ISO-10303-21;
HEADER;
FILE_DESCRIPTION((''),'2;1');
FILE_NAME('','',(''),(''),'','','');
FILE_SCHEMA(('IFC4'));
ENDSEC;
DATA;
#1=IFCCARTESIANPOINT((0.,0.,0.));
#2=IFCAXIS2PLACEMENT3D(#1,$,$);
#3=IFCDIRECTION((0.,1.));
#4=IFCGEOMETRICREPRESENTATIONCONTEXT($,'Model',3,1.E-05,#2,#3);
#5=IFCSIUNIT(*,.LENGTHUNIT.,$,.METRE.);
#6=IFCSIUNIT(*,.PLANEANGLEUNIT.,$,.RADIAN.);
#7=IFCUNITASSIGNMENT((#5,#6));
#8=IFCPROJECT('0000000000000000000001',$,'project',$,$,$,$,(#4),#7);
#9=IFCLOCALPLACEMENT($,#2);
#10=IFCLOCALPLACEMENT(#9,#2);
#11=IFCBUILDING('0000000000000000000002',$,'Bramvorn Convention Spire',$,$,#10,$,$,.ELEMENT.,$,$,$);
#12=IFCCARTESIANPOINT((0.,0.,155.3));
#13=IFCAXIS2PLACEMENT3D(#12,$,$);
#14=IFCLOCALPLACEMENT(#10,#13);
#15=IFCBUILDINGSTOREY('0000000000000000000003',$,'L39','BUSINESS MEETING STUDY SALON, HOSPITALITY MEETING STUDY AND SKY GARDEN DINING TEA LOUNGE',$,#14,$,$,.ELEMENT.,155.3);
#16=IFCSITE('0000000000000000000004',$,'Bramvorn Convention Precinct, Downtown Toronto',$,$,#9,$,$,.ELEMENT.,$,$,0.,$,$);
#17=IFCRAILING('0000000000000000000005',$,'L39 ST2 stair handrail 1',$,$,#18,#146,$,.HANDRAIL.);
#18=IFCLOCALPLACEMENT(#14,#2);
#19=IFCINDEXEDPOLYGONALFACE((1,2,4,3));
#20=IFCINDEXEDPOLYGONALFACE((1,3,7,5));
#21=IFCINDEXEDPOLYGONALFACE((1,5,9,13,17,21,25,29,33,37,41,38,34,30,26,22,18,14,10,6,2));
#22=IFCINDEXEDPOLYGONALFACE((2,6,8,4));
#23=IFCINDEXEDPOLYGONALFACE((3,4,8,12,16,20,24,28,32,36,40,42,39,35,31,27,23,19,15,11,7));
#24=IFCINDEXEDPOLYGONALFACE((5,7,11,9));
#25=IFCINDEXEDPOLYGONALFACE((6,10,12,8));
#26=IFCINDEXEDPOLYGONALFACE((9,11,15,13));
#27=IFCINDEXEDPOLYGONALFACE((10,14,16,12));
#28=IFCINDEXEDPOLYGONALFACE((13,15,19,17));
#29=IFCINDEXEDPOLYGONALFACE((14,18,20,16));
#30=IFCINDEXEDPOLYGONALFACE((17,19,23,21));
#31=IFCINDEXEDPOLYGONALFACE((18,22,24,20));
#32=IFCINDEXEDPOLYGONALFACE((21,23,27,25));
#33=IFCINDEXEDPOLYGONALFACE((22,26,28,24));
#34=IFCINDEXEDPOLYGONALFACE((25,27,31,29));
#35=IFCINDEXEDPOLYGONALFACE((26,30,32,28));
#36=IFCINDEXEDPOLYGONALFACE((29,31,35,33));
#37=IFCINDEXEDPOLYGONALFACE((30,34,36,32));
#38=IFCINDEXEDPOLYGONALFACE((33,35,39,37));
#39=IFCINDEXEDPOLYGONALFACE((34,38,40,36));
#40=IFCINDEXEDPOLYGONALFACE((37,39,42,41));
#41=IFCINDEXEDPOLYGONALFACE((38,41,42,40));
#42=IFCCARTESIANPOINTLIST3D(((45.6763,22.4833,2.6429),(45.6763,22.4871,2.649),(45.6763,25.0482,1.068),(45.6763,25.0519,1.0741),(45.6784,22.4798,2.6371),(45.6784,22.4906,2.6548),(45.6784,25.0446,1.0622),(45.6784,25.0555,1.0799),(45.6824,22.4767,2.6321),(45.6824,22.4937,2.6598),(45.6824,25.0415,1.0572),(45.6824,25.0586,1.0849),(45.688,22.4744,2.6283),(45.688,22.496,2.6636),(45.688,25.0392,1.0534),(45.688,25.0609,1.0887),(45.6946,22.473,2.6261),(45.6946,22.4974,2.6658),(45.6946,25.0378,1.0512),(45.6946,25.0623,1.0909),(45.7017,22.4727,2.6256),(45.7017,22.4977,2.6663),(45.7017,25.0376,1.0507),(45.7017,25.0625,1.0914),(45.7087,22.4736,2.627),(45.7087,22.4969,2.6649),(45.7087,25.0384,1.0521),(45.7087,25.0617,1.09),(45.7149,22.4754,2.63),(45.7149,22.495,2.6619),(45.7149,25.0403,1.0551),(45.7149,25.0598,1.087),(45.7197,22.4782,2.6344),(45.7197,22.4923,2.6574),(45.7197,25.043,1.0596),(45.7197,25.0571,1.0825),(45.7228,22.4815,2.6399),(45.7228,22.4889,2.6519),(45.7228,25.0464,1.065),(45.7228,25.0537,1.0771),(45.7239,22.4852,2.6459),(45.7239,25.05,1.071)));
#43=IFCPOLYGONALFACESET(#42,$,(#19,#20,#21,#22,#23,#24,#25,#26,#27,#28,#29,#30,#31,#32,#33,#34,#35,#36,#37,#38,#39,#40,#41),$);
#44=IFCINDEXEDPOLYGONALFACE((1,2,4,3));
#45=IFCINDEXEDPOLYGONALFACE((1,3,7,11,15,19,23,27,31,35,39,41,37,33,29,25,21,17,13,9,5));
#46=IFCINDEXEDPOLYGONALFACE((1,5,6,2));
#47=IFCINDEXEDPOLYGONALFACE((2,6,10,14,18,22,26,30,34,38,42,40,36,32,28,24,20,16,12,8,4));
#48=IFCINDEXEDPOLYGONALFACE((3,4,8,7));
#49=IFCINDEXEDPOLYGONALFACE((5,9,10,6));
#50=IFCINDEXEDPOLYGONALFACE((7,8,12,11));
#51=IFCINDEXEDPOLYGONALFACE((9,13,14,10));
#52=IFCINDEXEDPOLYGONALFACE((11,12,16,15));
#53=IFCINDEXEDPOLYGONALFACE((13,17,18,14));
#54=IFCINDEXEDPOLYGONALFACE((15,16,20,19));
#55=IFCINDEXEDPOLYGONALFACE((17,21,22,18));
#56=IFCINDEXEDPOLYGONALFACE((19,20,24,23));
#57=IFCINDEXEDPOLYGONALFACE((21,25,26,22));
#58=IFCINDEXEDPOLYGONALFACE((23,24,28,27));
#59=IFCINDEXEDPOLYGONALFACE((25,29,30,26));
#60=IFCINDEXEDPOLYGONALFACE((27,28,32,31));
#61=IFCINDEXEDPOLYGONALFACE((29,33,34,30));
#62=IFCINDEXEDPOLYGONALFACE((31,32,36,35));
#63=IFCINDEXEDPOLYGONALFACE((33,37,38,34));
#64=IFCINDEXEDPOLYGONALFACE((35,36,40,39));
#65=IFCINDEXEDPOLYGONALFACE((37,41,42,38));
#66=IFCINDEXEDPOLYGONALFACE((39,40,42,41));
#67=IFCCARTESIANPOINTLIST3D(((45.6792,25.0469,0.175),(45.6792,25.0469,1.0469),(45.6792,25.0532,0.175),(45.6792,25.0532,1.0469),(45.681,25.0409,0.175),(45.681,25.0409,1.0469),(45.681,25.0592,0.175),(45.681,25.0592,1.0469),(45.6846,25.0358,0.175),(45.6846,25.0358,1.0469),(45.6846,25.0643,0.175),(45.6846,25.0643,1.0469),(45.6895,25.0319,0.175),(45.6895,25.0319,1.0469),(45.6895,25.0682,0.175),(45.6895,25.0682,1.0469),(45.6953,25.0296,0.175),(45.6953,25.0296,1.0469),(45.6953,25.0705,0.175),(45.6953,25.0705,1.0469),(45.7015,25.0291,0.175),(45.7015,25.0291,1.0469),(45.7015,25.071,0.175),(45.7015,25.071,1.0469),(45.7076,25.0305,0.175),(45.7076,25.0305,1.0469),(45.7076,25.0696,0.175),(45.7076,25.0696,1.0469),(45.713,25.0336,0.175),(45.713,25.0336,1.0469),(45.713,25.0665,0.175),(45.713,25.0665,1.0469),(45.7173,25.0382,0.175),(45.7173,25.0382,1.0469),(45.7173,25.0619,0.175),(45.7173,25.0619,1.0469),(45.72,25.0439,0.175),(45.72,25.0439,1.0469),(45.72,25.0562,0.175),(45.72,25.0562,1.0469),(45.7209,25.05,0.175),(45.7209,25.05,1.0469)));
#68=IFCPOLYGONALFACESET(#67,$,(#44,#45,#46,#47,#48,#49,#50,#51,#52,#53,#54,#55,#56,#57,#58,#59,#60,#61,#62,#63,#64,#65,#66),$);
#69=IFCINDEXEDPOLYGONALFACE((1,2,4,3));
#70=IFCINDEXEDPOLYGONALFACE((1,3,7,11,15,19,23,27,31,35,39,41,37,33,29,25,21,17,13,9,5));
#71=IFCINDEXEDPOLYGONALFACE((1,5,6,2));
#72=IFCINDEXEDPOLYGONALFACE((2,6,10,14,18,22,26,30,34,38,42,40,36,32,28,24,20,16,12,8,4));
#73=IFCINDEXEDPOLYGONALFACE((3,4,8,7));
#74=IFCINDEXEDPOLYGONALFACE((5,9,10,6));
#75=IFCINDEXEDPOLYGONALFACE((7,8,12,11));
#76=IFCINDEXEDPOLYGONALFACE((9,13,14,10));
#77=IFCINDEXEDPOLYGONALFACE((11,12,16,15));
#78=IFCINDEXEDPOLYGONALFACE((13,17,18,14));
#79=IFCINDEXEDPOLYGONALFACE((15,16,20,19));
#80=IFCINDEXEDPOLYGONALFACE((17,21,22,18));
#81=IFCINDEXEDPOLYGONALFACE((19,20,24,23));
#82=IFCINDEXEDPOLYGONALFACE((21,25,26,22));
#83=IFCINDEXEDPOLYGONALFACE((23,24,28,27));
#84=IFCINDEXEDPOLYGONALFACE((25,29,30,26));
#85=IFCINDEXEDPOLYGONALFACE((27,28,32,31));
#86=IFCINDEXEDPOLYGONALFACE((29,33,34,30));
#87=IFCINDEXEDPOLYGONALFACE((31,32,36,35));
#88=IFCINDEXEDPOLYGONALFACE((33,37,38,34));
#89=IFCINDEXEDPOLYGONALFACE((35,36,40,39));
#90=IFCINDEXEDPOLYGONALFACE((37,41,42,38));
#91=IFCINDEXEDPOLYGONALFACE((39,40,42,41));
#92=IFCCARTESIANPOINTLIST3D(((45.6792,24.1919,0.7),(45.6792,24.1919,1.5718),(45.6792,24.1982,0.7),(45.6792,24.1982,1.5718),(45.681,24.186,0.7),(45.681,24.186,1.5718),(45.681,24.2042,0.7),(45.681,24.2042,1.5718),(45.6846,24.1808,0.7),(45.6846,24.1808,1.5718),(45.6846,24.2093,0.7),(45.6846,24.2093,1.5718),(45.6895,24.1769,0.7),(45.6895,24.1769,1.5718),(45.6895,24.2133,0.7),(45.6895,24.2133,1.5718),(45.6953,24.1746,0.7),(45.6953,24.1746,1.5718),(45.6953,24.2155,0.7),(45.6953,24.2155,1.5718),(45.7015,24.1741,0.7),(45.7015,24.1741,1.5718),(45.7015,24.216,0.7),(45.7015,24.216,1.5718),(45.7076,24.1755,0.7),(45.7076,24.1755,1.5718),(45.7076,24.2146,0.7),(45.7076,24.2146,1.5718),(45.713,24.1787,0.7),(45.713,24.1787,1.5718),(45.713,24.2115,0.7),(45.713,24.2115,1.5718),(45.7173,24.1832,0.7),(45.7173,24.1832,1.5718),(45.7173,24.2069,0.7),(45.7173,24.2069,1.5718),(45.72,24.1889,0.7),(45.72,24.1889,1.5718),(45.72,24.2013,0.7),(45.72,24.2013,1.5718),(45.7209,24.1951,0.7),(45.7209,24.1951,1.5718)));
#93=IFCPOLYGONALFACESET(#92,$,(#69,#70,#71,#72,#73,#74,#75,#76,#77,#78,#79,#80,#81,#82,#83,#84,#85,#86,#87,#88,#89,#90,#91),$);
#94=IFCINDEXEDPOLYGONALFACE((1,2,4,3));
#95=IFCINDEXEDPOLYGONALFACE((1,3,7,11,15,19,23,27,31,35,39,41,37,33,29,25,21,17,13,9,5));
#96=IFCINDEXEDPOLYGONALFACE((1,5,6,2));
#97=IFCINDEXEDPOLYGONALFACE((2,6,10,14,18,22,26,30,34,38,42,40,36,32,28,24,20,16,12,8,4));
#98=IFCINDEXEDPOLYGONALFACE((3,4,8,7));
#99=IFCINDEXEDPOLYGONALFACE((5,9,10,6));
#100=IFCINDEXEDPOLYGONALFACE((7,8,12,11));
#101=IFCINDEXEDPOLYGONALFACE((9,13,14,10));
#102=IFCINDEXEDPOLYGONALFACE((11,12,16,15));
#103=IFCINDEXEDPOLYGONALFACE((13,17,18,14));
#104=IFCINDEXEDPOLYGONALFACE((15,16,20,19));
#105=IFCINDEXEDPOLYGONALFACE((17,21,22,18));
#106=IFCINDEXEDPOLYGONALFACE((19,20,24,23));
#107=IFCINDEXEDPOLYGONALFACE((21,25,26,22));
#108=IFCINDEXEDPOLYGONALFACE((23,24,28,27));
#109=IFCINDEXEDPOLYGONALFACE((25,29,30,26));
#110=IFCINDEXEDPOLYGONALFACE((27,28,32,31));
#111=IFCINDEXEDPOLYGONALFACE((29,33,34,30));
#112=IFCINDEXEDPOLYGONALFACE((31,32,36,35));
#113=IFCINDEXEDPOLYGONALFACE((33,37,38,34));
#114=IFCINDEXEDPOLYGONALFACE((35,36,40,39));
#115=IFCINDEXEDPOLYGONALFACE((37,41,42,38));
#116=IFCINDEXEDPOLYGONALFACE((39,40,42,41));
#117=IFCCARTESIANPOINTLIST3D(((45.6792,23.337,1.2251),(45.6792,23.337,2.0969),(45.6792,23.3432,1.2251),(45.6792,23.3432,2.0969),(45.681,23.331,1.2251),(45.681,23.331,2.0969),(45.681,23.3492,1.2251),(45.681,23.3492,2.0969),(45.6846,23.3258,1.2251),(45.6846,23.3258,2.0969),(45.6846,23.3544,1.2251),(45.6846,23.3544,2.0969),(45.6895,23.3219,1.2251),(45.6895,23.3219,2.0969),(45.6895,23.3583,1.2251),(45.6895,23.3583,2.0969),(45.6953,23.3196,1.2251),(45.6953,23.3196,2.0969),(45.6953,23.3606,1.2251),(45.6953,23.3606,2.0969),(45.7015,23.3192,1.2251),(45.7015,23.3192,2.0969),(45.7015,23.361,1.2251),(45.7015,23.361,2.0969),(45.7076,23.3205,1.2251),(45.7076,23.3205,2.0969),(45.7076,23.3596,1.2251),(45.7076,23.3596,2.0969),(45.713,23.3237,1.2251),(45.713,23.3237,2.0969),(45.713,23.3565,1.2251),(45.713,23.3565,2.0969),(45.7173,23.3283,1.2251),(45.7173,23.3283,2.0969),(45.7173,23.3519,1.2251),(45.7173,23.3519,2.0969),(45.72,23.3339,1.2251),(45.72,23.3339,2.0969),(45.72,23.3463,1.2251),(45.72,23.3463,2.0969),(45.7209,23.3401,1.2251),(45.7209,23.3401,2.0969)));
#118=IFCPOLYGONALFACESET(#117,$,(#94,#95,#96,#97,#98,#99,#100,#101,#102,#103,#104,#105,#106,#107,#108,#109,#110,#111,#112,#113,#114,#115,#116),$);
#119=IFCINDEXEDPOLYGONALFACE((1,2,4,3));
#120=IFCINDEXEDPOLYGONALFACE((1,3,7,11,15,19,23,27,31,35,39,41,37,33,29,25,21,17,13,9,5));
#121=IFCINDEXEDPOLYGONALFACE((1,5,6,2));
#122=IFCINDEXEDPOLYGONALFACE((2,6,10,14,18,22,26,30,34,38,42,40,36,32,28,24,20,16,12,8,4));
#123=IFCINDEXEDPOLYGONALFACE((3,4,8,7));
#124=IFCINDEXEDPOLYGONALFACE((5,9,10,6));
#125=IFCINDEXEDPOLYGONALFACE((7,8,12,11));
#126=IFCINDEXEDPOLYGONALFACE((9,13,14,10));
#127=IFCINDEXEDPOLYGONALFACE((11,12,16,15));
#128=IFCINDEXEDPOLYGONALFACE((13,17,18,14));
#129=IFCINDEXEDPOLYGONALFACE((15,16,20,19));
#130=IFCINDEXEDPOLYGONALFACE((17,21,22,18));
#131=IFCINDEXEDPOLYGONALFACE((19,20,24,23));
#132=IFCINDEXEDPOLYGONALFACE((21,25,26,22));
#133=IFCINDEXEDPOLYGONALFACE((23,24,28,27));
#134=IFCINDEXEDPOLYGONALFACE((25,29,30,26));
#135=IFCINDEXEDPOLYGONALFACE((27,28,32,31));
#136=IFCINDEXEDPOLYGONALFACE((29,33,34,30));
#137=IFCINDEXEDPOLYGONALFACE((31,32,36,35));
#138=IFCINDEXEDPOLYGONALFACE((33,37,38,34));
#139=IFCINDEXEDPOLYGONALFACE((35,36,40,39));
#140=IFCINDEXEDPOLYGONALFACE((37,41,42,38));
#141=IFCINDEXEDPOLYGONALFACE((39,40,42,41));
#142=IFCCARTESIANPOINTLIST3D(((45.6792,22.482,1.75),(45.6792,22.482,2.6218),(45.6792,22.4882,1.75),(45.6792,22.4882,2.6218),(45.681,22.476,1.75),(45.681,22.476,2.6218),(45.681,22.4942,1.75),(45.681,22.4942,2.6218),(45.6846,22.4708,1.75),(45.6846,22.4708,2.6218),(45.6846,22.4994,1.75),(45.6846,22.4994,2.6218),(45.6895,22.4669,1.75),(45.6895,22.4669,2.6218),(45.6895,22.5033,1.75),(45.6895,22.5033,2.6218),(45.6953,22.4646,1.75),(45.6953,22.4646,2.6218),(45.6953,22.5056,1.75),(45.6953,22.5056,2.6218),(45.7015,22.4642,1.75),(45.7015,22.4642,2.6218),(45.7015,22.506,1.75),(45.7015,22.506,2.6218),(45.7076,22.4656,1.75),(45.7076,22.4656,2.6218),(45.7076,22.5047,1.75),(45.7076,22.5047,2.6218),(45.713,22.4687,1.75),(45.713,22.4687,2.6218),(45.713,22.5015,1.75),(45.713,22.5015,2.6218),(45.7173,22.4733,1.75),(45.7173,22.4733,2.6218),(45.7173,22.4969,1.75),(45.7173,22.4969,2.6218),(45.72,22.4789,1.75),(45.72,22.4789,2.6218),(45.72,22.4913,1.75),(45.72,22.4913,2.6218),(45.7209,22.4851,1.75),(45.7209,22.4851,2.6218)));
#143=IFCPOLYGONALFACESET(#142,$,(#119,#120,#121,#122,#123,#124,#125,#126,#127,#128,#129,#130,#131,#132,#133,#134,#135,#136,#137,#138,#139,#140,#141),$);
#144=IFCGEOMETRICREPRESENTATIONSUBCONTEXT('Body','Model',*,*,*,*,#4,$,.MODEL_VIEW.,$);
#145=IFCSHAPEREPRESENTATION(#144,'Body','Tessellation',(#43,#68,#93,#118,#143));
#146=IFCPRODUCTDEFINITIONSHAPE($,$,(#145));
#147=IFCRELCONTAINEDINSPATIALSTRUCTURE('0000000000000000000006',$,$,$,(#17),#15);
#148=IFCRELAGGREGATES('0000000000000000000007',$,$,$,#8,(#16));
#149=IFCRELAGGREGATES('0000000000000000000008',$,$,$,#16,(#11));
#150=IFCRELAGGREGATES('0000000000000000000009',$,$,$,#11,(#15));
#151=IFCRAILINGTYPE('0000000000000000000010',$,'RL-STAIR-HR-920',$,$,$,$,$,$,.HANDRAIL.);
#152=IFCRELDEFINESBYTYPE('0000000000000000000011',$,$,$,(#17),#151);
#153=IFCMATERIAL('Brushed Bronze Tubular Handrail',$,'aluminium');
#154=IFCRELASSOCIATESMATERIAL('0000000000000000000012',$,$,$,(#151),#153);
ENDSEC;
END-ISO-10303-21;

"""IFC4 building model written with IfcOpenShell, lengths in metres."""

from ifc_helpers import new_model, si_unit, direction, frame, origin, origin_2d, place, context, subcontext, project, spatial, circle, extrude, material, type_object, element, save


model = new_model("IFC4")

# Units and contexts
model_context = context("Model", 3, precision=1e-05, world=origin(), true_north=direction((0.0, 1.0)))
body_context = subcontext(model_context, "Body", "Model", "MODEL_VIEW")
ifc_project = project(units=[si_unit("LENGTHUNIT", "METRE"), si_unit("PLANEANGLEUNIT", "RADIAN")], contexts=[model_context])

# Site, building, storey
site_placement = place(None, origin())
site = spatial("IfcSite", under=ifc_project, at=site_placement, Name="Bramvorn Convention Precinct, Downtown Toronto", CompositionType="ELEMENT", RefElevation=0.0)
building_placement = place(site_placement, origin())
building = spatial("IfcBuilding", under=site, at=building_placement, Name="Bramvorn Convention Spire", CompositionType="ELEMENT")
storey_placement = place(building_placement, frame((0.0, 0.0, 155.3)))
storey = spatial("IfcBuildingStorey", under=building, at=storey_placement, Name="L39", Description="BUSINESS MEETING STUDY SALON, HOSPITALITY MEETING STUDY AND SKY GARDEN DINING TEA LOUNGE", CompositionType="ELEMENT", Elevation=155.3)

# Railing
ifc_material_1 = material(Name="Brushed Bronze Tubular Handrail", Category="aluminium")
railing_type_1 = type_object("IfcRailingType", Name="RL-STAIR-HR-920", PredefinedType="HANDRAIL", material=ifc_material_1)
railing_1_placement = place(storey_placement, frame((45.7, 25.05, 0.175)))
element("IfcRailing", 1, at=railing_1_placement, inside=storey, type_object=railing_type_1, Name="L39 ST2 stair handrail 1", PredefinedType="HANDRAIL", context=body_context, shape_type="SweptSolid", body=[
    extrude(circle(Radius=0.0239, at=origin_2d()), frame((0.0, 0.0, 0.896), z_axis=(0.0, -0.852173, 0.52326), x_axis=(1.0, 0.0, 0.0)), (0.0, 0.0, 1.0), 3.0098),
    extrude(circle(Radius=0.021, at=origin_2d()), origin(), (0.0, 0.0, 1.0), 0.8718),
    extrude(circle(Radius=0.021, at=origin_2d()), frame((0.0, -0.855, 0.5249)), (0.0, 0.0, 1.0), 0.8718),
    extrude(circle(Radius=0.021, at=origin_2d()), frame((0.0, -1.71, 1.05)), (0.0, 0.0, 1.0), 0.8718),
    extrude(circle(Radius=0.021, at=origin_2d()), frame((0.0, -2.5649, 1.575)), (0.0, 0.0, 1.0), 0.8718),
])

save(model, "model.ifc")
